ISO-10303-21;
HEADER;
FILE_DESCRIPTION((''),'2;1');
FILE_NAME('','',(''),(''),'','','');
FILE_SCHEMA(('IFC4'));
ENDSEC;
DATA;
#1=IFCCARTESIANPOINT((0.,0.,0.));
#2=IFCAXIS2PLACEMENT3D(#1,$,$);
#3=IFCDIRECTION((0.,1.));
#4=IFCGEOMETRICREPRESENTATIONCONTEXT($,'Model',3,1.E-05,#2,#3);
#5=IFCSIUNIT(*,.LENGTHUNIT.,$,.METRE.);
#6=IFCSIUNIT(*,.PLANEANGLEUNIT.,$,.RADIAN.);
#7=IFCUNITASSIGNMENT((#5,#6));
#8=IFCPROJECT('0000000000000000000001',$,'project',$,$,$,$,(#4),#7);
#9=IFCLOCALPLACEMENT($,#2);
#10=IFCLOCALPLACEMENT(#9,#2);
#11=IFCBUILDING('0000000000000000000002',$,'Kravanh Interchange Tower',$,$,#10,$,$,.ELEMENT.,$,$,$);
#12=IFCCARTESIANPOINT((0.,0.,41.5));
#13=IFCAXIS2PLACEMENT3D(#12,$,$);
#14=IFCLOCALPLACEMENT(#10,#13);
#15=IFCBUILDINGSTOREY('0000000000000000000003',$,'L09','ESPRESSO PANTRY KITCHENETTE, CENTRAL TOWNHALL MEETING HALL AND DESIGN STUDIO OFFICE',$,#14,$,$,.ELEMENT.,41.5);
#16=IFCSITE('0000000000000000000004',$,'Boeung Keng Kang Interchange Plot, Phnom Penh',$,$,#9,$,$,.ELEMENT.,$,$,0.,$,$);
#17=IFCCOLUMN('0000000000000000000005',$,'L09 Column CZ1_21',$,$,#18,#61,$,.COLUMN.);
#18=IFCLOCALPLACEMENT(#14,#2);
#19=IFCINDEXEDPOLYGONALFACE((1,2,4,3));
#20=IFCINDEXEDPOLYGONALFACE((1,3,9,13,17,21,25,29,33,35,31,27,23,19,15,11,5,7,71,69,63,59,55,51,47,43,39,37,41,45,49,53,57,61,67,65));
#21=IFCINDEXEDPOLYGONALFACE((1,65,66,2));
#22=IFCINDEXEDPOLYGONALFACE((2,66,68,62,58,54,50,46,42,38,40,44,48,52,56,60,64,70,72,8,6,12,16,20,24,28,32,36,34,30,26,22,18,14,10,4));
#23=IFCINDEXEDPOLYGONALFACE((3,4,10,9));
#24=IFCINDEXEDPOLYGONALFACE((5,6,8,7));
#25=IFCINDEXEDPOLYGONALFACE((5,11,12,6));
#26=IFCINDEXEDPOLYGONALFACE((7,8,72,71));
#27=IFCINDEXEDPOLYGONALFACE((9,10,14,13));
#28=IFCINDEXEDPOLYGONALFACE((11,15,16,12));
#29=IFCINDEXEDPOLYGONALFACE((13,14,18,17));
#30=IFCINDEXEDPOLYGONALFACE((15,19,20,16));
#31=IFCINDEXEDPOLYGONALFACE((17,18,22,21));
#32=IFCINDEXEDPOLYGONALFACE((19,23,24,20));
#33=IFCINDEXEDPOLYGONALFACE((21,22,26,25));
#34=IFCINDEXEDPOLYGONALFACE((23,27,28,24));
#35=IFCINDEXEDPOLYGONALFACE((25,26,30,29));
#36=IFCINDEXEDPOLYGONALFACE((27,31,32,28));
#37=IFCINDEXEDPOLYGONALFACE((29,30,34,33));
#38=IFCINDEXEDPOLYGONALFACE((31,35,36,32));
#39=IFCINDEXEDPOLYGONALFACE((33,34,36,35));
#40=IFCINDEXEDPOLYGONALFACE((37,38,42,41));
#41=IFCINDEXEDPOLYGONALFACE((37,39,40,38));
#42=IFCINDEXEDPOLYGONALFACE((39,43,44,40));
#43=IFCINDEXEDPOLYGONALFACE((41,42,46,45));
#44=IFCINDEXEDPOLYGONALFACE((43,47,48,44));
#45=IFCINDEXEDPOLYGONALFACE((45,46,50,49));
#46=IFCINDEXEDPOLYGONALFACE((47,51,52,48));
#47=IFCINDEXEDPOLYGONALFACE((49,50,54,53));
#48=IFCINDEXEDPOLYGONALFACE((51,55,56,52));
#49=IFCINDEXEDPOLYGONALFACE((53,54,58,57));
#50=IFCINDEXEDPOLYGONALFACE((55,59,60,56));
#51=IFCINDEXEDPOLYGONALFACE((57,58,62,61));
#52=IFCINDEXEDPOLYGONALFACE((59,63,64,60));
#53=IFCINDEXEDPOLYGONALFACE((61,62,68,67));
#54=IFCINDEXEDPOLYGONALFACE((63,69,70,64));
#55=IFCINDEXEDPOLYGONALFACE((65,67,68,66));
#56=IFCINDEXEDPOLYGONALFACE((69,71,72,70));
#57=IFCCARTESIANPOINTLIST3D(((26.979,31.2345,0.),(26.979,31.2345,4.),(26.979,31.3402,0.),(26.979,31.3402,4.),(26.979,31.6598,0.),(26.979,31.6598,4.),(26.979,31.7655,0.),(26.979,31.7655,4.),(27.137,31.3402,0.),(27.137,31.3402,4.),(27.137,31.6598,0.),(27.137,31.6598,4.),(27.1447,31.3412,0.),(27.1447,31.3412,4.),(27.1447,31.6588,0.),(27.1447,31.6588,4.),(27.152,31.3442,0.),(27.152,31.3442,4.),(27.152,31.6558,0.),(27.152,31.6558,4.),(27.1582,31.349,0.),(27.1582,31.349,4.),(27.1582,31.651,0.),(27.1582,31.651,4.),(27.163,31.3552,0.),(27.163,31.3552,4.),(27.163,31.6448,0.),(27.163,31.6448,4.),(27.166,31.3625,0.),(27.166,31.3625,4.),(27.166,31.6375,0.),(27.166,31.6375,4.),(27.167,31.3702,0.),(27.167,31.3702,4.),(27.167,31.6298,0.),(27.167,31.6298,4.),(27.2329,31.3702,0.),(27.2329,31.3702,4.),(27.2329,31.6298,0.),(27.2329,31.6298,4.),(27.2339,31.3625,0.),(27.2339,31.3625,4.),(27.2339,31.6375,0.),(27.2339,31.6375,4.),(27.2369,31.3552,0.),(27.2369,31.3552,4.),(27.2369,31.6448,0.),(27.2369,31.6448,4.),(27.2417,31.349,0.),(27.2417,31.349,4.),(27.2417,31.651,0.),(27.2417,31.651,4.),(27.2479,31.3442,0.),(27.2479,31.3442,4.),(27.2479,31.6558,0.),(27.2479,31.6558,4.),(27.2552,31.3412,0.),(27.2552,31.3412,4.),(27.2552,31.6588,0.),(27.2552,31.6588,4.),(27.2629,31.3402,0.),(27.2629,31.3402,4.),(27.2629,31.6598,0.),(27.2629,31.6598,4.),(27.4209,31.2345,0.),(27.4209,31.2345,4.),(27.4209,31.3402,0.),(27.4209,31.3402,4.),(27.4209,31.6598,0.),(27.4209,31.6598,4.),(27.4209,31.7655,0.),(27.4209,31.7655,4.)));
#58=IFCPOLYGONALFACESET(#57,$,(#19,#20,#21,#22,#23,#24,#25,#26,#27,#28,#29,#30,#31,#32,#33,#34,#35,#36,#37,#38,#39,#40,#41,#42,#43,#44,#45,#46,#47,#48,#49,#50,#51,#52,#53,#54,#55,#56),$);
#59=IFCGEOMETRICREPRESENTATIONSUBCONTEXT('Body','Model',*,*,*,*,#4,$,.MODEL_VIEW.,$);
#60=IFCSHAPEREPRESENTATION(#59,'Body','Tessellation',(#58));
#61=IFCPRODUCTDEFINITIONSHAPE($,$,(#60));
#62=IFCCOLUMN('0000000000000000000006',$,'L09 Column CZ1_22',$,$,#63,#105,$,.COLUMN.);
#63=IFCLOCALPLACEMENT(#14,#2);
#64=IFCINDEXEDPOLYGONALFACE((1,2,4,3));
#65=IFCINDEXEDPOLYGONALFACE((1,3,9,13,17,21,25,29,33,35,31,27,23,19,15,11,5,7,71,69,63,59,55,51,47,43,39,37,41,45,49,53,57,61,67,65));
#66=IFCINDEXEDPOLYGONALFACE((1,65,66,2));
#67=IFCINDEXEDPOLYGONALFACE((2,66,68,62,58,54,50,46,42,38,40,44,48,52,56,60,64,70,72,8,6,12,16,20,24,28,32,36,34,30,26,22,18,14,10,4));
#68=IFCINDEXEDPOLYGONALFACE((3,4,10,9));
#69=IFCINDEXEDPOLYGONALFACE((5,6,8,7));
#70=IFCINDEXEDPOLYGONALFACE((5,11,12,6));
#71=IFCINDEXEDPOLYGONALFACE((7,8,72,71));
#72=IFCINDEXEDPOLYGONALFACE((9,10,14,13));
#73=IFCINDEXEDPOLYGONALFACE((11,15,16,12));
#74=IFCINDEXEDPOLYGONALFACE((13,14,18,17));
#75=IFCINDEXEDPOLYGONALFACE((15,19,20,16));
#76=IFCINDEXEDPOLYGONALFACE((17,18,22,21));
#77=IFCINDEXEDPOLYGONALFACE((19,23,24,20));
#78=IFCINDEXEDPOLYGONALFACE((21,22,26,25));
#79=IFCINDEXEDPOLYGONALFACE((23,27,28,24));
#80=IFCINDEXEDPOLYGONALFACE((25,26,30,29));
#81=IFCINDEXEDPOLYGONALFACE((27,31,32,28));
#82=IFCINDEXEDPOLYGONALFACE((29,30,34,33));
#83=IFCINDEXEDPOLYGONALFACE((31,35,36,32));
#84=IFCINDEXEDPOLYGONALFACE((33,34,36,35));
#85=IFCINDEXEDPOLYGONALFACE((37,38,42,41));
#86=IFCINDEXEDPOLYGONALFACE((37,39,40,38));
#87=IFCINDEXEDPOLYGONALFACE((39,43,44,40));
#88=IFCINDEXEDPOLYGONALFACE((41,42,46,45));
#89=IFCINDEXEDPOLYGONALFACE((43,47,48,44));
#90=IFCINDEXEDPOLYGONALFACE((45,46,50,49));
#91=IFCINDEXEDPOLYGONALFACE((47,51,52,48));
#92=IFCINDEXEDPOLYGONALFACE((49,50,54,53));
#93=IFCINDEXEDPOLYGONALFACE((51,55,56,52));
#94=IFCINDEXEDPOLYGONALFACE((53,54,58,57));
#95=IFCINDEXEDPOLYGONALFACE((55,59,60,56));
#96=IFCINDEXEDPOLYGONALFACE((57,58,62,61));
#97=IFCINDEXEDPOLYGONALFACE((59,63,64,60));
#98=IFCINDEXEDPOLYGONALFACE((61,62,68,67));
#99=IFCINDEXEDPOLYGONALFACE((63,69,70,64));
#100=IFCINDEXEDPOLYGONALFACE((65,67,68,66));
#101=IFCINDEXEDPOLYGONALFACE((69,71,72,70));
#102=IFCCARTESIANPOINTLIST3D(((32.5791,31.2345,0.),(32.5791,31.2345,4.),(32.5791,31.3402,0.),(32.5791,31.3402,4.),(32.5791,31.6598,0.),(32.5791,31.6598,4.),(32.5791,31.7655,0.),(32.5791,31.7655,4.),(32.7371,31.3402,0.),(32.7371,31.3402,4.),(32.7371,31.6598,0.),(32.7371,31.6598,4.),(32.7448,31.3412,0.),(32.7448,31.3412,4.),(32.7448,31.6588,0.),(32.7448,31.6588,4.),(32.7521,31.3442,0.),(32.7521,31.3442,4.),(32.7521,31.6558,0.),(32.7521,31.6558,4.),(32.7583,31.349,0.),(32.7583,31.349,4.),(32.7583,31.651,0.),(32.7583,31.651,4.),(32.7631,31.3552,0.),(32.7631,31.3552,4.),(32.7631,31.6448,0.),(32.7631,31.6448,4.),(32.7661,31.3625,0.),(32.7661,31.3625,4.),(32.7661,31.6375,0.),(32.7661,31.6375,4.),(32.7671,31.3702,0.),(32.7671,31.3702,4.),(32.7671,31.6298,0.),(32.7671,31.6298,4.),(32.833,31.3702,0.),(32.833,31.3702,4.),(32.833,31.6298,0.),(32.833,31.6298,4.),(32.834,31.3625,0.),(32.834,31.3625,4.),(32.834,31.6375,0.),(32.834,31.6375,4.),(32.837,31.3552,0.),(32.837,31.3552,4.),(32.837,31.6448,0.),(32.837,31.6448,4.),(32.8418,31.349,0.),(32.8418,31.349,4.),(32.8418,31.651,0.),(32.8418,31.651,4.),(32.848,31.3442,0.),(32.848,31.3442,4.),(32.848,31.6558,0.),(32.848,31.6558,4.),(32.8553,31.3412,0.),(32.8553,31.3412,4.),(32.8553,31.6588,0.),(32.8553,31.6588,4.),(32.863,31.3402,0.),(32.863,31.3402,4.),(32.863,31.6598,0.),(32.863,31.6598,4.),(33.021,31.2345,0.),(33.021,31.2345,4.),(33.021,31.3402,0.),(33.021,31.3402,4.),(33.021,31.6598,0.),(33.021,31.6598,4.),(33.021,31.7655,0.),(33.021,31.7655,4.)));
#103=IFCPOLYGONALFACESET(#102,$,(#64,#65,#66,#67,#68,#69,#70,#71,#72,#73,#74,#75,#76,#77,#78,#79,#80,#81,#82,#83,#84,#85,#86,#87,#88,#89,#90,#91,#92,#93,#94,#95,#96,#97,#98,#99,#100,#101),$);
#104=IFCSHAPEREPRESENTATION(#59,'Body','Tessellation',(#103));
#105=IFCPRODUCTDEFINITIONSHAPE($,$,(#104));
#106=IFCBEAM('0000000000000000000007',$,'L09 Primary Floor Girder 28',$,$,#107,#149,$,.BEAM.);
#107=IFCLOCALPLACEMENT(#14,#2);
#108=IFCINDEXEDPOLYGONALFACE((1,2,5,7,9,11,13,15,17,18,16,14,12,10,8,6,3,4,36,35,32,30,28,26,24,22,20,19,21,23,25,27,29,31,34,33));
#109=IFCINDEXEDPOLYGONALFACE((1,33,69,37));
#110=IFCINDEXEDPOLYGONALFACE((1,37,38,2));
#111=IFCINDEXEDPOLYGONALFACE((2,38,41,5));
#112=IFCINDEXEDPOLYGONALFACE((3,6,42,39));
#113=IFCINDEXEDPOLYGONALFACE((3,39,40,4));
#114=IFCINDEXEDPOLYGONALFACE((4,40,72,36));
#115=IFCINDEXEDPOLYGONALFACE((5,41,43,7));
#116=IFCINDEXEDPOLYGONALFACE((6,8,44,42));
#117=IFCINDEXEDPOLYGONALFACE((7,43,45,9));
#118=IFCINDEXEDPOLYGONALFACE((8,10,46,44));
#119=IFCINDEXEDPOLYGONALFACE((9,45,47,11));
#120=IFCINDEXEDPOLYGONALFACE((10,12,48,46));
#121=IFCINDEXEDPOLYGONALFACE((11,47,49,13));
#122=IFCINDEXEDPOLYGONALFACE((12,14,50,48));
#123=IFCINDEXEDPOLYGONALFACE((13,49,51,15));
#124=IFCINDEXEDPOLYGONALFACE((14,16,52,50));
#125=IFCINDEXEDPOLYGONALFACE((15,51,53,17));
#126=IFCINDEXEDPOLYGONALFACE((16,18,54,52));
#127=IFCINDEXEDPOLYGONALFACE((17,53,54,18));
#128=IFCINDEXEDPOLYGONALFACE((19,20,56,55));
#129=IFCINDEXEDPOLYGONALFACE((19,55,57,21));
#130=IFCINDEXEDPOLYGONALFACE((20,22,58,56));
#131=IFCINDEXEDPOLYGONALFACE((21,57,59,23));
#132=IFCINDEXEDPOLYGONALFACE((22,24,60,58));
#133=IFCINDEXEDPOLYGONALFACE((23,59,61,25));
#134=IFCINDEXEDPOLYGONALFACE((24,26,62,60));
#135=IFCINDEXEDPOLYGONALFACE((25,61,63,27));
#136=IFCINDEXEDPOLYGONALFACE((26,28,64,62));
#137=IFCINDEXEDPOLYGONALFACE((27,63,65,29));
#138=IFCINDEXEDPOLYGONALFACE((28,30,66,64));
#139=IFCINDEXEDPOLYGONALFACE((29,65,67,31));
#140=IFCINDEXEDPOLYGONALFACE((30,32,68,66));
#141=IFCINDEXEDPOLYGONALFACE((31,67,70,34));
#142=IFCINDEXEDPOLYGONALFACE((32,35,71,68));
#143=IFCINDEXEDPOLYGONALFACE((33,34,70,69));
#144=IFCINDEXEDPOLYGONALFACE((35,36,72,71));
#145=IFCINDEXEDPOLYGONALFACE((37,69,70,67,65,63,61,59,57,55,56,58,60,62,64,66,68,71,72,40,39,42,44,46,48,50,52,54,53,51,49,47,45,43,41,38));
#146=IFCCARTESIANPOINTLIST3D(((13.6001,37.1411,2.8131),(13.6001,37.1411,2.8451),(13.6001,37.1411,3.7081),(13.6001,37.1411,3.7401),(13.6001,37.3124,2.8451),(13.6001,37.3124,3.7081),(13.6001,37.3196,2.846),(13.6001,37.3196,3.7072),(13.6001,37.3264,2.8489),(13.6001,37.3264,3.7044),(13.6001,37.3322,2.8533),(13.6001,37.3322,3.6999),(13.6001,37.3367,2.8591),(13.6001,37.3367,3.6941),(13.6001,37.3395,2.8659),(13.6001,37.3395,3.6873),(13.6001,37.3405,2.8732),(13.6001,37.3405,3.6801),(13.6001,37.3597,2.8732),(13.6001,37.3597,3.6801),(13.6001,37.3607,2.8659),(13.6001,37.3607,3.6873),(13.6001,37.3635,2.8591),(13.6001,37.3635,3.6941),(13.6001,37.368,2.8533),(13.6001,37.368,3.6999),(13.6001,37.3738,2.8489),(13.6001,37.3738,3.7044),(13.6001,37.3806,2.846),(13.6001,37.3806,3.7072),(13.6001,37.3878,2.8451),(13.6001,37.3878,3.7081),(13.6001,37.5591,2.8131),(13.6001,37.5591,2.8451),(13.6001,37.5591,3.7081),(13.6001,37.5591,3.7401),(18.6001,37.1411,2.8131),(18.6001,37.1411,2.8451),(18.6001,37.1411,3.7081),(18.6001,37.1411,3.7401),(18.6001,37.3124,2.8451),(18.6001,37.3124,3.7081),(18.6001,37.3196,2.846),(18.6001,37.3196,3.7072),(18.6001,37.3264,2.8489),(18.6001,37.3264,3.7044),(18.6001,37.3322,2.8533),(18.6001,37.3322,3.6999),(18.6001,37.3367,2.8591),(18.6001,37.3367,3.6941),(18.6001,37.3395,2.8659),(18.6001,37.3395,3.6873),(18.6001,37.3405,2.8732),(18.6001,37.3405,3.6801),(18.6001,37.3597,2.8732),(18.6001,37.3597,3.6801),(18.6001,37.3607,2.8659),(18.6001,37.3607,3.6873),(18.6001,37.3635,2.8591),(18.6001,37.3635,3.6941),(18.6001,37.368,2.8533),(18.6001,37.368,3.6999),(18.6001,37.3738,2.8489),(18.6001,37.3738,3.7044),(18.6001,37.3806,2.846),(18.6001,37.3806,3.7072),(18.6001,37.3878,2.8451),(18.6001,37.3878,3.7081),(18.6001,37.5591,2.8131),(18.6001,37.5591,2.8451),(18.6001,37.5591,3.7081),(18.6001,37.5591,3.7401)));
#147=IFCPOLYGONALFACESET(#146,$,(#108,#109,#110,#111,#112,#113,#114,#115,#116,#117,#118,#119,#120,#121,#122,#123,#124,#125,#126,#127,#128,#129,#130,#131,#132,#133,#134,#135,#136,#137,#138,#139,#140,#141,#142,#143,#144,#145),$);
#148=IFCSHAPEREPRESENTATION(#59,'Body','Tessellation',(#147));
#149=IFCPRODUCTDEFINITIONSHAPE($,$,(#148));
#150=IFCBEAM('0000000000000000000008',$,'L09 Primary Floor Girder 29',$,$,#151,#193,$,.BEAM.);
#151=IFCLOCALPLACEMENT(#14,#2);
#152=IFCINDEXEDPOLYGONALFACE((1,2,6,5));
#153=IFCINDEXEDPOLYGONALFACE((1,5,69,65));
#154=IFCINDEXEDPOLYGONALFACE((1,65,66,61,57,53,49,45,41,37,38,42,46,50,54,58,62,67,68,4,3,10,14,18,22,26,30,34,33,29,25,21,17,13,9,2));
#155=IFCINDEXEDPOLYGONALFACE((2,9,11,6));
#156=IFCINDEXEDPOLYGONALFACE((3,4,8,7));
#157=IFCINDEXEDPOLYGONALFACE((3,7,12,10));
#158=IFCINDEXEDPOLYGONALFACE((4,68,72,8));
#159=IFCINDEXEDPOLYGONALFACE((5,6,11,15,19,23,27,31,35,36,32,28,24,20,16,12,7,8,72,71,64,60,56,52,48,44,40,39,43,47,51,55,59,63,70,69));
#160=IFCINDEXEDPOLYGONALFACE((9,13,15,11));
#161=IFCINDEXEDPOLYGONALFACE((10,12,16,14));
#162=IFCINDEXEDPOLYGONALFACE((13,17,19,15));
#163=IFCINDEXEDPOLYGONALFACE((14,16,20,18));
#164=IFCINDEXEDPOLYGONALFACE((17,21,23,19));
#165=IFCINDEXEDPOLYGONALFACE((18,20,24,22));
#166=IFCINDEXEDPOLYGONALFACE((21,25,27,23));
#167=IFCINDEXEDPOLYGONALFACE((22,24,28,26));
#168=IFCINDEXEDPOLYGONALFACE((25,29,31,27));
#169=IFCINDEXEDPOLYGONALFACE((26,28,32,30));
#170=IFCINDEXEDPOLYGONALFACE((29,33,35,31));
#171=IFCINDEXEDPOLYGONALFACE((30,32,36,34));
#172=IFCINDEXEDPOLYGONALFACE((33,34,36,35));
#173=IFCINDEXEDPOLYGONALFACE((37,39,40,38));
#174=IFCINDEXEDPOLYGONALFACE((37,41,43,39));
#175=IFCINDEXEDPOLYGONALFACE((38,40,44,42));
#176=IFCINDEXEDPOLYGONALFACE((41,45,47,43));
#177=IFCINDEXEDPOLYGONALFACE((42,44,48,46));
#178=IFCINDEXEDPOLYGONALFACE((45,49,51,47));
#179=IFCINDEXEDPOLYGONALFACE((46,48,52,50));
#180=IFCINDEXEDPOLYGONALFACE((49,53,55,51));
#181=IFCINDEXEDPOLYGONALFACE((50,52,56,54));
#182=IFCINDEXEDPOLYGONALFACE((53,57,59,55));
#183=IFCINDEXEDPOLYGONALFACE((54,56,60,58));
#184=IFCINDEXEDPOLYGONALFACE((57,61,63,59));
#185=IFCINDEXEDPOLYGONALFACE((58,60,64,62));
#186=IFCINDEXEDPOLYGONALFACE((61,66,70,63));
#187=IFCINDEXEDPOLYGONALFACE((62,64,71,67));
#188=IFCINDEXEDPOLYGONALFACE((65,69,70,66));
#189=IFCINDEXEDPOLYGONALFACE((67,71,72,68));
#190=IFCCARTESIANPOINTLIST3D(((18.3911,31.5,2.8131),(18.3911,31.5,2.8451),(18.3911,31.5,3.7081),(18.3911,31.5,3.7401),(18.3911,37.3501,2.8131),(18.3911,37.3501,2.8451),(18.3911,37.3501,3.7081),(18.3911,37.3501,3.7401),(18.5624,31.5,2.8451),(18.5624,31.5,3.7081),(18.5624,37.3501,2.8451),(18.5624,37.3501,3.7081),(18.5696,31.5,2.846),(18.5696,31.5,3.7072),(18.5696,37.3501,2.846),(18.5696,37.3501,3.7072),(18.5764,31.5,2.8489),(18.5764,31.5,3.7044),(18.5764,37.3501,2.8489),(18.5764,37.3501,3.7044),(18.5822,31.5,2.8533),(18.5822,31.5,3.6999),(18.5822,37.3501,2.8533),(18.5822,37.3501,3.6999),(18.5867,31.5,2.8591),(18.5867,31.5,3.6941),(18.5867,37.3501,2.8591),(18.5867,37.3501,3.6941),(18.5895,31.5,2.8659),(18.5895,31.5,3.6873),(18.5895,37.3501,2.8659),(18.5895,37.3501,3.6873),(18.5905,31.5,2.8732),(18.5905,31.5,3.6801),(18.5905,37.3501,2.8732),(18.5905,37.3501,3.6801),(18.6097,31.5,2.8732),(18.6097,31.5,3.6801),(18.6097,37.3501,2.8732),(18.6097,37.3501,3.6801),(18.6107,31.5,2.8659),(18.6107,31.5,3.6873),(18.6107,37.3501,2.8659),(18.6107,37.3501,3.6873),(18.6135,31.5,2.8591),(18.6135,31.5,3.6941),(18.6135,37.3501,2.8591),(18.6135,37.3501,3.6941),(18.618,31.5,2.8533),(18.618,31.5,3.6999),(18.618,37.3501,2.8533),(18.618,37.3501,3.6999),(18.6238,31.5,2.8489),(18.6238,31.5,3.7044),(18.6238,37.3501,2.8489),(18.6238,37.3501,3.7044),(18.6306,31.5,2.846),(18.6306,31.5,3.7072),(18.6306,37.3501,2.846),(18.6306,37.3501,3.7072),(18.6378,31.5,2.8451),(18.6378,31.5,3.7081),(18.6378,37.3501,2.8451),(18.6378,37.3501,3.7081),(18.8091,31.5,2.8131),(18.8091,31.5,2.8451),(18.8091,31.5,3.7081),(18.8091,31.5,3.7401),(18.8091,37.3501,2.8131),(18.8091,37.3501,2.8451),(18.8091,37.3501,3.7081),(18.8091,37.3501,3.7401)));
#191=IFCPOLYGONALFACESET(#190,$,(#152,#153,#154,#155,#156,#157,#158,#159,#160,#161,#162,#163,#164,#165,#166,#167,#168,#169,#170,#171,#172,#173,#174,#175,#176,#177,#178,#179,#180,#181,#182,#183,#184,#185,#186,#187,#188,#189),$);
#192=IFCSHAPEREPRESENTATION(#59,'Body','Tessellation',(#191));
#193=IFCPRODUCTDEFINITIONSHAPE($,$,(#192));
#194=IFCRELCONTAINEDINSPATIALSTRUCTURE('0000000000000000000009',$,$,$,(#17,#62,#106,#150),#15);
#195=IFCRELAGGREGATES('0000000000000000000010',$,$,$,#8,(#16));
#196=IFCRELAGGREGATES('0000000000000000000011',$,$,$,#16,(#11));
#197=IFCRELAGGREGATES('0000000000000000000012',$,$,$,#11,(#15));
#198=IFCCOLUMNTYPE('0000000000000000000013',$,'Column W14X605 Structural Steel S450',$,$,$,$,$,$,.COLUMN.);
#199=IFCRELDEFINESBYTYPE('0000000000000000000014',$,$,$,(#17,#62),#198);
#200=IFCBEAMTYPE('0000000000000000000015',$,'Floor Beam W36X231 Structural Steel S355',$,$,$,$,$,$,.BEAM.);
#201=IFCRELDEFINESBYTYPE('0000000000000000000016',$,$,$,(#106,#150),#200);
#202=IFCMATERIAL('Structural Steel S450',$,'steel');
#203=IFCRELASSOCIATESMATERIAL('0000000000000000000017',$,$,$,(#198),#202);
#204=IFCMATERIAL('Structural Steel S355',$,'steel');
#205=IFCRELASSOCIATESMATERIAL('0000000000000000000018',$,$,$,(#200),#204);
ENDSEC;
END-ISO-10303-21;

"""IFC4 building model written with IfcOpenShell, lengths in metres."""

from ifc_helpers import new_model, si_unit, direction, frame, origin, origin_2d, place, context, subcontext, project, spatial, i_section, extrude, material, material_profile, profile_set, type_object, element, save


model = new_model("IFC4")

# Units and contexts
model_context = context("Model", 3, precision=1e-05, world=origin(), true_north=direction((0.0, 1.0)))
body_context = subcontext(model_context, "Body", "Model", "MODEL_VIEW")
ifc_project = project(units=[si_unit("LENGTHUNIT", "METRE"), si_unit("PLANEANGLEUNIT", "RADIAN")], contexts=[model_context])

# Site, building, storey
site_placement = place(None, origin())
site = spatial("IfcSite", under=ifc_project, at=site_placement, Name="Boeung Keng Kang Interchange Plot, Phnom Penh", CompositionType="ELEMENT", RefElevation=0.0)
building_placement = place(site_placement, origin())
building = spatial("IfcBuilding", under=site, at=building_placement, Name="Kravanh Interchange Tower", CompositionType="ELEMENT")
storey_placement = place(building_placement, frame((0.0, 0.0, 41.5)))
storey = spatial("IfcBuildingStorey", under=building, at=storey_placement, Name="L09", Description="ESPRESSO PANTRY KITCHENETTE, CENTRAL TOWNHALL MEETING HALL AND DESIGN STUDIO OFFICE", CompositionType="ELEMENT", Elevation=41.5)

# Columns
ifc_material_1 = material(Name="Structural Steel S450", Category="steel")
ifc_material_profile_1 = material_profile(ifc_material_1, i_section(OverallWidth=0.4419, OverallDepth=0.531, WebThickness=0.0659, FlangeThickness=0.1057, FilletRadius=0.03, at=origin_2d()), Name="W14X605")
ifc_profile_set_1 = profile_set([ifc_material_profile_1], Name="Structural Steel S450")
column_type_1 = type_object("IfcColumnType", Name="Column W14X605 Structural Steel S450", PredefinedType="COLUMN", material=ifc_profile_set_1)
for number, where, z_axis, x_axis, name in (
    (1, (27.2, 31.5, 0.0), (0.0, 0.0, 1.0), (1.0, 0.0, 0.0), "L09 Column CZ1_21"),
    (2, (32.8, 31.5, 0.0), (0.0, 0.0, 1.0), (1.0, 0.0, 0.0), "L09 Column CZ1_22"),
):
    element("IfcColumn", number, at=place(storey_placement, frame(where, z_axis=z_axis, x_axis=x_axis)), inside=storey, type_object=column_type_1, Name=name, PredefinedType="COLUMN", context=body_context, shape_type="SweptSolid", body=[
        extrude(i_section(OverallWidth=0.4419, OverallDepth=0.531, WebThickness=0.0659, FlangeThickness=0.1057, FilletRadius=0.03, at=origin_2d()), origin(), (0.0, 0.0, 1.0), 4.0),
    ])

# Beams
ifc_material_2 = material(Name="Structural Steel S355", Category="steel")
ifc_material_profile_2 = material_profile(ifc_material_2, i_section(OverallWidth=0.418, OverallDepth=0.927, WebThickness=0.0193, FlangeThickness=0.032, FilletRadius=0.0281, at=origin_2d()), Name="W36X231")
ifc_profile_set_2 = profile_set([ifc_material_profile_2], Name="Structural Steel S355")
beam_type_1 = type_object("IfcBeamType", Name="Floor Beam W36X231 Structural Steel S355", PredefinedType="BEAM", material=ifc_profile_set_2)
beam_1_placement = place(storey_placement, frame((18.6001, 37.3501, 3.2766), z_axis=(-1.0, 0.0, 0.0), x_axis=(0.0, -1.0, 0.0)))
element("IfcBeam", 3, at=beam_1_placement, inside=storey, type_object=beam_type_1, Name="L09 Primary Floor Girder 28", PredefinedType="BEAM", context=body_context, shape_type="SweptSolid", body=[
    extrude(i_section(OverallWidth=0.418, OverallDepth=0.927, WebThickness=0.0193, FlangeThickness=0.032, FilletRadius=0.0281, at=origin_2d()), origin(), (0.0, 0.0, 1.0), 5.0),
])
beam_2_placement = place(storey_placement, frame((18.6001, 37.3501, 3.2766), z_axis=(0.0, -1.0, 0.0), x_axis=(1.0, 0.0, 0.0)))
element("IfcBeam", 4, at=beam_2_placement, inside=storey, type_object=beam_type_1, Name="L09 Primary Floor Girder 29", PredefinedType="BEAM", context=body_context, shape_type="SweptSolid", body=[
    extrude(i_section(OverallWidth=0.418, OverallDepth=0.927, WebThickness=0.0193, FlangeThickness=0.032, FilletRadius=0.0281, at=origin_2d()), origin(), (0.0, 0.0, 1.0), 5.8501),
])

save(model, "model.ifc")
